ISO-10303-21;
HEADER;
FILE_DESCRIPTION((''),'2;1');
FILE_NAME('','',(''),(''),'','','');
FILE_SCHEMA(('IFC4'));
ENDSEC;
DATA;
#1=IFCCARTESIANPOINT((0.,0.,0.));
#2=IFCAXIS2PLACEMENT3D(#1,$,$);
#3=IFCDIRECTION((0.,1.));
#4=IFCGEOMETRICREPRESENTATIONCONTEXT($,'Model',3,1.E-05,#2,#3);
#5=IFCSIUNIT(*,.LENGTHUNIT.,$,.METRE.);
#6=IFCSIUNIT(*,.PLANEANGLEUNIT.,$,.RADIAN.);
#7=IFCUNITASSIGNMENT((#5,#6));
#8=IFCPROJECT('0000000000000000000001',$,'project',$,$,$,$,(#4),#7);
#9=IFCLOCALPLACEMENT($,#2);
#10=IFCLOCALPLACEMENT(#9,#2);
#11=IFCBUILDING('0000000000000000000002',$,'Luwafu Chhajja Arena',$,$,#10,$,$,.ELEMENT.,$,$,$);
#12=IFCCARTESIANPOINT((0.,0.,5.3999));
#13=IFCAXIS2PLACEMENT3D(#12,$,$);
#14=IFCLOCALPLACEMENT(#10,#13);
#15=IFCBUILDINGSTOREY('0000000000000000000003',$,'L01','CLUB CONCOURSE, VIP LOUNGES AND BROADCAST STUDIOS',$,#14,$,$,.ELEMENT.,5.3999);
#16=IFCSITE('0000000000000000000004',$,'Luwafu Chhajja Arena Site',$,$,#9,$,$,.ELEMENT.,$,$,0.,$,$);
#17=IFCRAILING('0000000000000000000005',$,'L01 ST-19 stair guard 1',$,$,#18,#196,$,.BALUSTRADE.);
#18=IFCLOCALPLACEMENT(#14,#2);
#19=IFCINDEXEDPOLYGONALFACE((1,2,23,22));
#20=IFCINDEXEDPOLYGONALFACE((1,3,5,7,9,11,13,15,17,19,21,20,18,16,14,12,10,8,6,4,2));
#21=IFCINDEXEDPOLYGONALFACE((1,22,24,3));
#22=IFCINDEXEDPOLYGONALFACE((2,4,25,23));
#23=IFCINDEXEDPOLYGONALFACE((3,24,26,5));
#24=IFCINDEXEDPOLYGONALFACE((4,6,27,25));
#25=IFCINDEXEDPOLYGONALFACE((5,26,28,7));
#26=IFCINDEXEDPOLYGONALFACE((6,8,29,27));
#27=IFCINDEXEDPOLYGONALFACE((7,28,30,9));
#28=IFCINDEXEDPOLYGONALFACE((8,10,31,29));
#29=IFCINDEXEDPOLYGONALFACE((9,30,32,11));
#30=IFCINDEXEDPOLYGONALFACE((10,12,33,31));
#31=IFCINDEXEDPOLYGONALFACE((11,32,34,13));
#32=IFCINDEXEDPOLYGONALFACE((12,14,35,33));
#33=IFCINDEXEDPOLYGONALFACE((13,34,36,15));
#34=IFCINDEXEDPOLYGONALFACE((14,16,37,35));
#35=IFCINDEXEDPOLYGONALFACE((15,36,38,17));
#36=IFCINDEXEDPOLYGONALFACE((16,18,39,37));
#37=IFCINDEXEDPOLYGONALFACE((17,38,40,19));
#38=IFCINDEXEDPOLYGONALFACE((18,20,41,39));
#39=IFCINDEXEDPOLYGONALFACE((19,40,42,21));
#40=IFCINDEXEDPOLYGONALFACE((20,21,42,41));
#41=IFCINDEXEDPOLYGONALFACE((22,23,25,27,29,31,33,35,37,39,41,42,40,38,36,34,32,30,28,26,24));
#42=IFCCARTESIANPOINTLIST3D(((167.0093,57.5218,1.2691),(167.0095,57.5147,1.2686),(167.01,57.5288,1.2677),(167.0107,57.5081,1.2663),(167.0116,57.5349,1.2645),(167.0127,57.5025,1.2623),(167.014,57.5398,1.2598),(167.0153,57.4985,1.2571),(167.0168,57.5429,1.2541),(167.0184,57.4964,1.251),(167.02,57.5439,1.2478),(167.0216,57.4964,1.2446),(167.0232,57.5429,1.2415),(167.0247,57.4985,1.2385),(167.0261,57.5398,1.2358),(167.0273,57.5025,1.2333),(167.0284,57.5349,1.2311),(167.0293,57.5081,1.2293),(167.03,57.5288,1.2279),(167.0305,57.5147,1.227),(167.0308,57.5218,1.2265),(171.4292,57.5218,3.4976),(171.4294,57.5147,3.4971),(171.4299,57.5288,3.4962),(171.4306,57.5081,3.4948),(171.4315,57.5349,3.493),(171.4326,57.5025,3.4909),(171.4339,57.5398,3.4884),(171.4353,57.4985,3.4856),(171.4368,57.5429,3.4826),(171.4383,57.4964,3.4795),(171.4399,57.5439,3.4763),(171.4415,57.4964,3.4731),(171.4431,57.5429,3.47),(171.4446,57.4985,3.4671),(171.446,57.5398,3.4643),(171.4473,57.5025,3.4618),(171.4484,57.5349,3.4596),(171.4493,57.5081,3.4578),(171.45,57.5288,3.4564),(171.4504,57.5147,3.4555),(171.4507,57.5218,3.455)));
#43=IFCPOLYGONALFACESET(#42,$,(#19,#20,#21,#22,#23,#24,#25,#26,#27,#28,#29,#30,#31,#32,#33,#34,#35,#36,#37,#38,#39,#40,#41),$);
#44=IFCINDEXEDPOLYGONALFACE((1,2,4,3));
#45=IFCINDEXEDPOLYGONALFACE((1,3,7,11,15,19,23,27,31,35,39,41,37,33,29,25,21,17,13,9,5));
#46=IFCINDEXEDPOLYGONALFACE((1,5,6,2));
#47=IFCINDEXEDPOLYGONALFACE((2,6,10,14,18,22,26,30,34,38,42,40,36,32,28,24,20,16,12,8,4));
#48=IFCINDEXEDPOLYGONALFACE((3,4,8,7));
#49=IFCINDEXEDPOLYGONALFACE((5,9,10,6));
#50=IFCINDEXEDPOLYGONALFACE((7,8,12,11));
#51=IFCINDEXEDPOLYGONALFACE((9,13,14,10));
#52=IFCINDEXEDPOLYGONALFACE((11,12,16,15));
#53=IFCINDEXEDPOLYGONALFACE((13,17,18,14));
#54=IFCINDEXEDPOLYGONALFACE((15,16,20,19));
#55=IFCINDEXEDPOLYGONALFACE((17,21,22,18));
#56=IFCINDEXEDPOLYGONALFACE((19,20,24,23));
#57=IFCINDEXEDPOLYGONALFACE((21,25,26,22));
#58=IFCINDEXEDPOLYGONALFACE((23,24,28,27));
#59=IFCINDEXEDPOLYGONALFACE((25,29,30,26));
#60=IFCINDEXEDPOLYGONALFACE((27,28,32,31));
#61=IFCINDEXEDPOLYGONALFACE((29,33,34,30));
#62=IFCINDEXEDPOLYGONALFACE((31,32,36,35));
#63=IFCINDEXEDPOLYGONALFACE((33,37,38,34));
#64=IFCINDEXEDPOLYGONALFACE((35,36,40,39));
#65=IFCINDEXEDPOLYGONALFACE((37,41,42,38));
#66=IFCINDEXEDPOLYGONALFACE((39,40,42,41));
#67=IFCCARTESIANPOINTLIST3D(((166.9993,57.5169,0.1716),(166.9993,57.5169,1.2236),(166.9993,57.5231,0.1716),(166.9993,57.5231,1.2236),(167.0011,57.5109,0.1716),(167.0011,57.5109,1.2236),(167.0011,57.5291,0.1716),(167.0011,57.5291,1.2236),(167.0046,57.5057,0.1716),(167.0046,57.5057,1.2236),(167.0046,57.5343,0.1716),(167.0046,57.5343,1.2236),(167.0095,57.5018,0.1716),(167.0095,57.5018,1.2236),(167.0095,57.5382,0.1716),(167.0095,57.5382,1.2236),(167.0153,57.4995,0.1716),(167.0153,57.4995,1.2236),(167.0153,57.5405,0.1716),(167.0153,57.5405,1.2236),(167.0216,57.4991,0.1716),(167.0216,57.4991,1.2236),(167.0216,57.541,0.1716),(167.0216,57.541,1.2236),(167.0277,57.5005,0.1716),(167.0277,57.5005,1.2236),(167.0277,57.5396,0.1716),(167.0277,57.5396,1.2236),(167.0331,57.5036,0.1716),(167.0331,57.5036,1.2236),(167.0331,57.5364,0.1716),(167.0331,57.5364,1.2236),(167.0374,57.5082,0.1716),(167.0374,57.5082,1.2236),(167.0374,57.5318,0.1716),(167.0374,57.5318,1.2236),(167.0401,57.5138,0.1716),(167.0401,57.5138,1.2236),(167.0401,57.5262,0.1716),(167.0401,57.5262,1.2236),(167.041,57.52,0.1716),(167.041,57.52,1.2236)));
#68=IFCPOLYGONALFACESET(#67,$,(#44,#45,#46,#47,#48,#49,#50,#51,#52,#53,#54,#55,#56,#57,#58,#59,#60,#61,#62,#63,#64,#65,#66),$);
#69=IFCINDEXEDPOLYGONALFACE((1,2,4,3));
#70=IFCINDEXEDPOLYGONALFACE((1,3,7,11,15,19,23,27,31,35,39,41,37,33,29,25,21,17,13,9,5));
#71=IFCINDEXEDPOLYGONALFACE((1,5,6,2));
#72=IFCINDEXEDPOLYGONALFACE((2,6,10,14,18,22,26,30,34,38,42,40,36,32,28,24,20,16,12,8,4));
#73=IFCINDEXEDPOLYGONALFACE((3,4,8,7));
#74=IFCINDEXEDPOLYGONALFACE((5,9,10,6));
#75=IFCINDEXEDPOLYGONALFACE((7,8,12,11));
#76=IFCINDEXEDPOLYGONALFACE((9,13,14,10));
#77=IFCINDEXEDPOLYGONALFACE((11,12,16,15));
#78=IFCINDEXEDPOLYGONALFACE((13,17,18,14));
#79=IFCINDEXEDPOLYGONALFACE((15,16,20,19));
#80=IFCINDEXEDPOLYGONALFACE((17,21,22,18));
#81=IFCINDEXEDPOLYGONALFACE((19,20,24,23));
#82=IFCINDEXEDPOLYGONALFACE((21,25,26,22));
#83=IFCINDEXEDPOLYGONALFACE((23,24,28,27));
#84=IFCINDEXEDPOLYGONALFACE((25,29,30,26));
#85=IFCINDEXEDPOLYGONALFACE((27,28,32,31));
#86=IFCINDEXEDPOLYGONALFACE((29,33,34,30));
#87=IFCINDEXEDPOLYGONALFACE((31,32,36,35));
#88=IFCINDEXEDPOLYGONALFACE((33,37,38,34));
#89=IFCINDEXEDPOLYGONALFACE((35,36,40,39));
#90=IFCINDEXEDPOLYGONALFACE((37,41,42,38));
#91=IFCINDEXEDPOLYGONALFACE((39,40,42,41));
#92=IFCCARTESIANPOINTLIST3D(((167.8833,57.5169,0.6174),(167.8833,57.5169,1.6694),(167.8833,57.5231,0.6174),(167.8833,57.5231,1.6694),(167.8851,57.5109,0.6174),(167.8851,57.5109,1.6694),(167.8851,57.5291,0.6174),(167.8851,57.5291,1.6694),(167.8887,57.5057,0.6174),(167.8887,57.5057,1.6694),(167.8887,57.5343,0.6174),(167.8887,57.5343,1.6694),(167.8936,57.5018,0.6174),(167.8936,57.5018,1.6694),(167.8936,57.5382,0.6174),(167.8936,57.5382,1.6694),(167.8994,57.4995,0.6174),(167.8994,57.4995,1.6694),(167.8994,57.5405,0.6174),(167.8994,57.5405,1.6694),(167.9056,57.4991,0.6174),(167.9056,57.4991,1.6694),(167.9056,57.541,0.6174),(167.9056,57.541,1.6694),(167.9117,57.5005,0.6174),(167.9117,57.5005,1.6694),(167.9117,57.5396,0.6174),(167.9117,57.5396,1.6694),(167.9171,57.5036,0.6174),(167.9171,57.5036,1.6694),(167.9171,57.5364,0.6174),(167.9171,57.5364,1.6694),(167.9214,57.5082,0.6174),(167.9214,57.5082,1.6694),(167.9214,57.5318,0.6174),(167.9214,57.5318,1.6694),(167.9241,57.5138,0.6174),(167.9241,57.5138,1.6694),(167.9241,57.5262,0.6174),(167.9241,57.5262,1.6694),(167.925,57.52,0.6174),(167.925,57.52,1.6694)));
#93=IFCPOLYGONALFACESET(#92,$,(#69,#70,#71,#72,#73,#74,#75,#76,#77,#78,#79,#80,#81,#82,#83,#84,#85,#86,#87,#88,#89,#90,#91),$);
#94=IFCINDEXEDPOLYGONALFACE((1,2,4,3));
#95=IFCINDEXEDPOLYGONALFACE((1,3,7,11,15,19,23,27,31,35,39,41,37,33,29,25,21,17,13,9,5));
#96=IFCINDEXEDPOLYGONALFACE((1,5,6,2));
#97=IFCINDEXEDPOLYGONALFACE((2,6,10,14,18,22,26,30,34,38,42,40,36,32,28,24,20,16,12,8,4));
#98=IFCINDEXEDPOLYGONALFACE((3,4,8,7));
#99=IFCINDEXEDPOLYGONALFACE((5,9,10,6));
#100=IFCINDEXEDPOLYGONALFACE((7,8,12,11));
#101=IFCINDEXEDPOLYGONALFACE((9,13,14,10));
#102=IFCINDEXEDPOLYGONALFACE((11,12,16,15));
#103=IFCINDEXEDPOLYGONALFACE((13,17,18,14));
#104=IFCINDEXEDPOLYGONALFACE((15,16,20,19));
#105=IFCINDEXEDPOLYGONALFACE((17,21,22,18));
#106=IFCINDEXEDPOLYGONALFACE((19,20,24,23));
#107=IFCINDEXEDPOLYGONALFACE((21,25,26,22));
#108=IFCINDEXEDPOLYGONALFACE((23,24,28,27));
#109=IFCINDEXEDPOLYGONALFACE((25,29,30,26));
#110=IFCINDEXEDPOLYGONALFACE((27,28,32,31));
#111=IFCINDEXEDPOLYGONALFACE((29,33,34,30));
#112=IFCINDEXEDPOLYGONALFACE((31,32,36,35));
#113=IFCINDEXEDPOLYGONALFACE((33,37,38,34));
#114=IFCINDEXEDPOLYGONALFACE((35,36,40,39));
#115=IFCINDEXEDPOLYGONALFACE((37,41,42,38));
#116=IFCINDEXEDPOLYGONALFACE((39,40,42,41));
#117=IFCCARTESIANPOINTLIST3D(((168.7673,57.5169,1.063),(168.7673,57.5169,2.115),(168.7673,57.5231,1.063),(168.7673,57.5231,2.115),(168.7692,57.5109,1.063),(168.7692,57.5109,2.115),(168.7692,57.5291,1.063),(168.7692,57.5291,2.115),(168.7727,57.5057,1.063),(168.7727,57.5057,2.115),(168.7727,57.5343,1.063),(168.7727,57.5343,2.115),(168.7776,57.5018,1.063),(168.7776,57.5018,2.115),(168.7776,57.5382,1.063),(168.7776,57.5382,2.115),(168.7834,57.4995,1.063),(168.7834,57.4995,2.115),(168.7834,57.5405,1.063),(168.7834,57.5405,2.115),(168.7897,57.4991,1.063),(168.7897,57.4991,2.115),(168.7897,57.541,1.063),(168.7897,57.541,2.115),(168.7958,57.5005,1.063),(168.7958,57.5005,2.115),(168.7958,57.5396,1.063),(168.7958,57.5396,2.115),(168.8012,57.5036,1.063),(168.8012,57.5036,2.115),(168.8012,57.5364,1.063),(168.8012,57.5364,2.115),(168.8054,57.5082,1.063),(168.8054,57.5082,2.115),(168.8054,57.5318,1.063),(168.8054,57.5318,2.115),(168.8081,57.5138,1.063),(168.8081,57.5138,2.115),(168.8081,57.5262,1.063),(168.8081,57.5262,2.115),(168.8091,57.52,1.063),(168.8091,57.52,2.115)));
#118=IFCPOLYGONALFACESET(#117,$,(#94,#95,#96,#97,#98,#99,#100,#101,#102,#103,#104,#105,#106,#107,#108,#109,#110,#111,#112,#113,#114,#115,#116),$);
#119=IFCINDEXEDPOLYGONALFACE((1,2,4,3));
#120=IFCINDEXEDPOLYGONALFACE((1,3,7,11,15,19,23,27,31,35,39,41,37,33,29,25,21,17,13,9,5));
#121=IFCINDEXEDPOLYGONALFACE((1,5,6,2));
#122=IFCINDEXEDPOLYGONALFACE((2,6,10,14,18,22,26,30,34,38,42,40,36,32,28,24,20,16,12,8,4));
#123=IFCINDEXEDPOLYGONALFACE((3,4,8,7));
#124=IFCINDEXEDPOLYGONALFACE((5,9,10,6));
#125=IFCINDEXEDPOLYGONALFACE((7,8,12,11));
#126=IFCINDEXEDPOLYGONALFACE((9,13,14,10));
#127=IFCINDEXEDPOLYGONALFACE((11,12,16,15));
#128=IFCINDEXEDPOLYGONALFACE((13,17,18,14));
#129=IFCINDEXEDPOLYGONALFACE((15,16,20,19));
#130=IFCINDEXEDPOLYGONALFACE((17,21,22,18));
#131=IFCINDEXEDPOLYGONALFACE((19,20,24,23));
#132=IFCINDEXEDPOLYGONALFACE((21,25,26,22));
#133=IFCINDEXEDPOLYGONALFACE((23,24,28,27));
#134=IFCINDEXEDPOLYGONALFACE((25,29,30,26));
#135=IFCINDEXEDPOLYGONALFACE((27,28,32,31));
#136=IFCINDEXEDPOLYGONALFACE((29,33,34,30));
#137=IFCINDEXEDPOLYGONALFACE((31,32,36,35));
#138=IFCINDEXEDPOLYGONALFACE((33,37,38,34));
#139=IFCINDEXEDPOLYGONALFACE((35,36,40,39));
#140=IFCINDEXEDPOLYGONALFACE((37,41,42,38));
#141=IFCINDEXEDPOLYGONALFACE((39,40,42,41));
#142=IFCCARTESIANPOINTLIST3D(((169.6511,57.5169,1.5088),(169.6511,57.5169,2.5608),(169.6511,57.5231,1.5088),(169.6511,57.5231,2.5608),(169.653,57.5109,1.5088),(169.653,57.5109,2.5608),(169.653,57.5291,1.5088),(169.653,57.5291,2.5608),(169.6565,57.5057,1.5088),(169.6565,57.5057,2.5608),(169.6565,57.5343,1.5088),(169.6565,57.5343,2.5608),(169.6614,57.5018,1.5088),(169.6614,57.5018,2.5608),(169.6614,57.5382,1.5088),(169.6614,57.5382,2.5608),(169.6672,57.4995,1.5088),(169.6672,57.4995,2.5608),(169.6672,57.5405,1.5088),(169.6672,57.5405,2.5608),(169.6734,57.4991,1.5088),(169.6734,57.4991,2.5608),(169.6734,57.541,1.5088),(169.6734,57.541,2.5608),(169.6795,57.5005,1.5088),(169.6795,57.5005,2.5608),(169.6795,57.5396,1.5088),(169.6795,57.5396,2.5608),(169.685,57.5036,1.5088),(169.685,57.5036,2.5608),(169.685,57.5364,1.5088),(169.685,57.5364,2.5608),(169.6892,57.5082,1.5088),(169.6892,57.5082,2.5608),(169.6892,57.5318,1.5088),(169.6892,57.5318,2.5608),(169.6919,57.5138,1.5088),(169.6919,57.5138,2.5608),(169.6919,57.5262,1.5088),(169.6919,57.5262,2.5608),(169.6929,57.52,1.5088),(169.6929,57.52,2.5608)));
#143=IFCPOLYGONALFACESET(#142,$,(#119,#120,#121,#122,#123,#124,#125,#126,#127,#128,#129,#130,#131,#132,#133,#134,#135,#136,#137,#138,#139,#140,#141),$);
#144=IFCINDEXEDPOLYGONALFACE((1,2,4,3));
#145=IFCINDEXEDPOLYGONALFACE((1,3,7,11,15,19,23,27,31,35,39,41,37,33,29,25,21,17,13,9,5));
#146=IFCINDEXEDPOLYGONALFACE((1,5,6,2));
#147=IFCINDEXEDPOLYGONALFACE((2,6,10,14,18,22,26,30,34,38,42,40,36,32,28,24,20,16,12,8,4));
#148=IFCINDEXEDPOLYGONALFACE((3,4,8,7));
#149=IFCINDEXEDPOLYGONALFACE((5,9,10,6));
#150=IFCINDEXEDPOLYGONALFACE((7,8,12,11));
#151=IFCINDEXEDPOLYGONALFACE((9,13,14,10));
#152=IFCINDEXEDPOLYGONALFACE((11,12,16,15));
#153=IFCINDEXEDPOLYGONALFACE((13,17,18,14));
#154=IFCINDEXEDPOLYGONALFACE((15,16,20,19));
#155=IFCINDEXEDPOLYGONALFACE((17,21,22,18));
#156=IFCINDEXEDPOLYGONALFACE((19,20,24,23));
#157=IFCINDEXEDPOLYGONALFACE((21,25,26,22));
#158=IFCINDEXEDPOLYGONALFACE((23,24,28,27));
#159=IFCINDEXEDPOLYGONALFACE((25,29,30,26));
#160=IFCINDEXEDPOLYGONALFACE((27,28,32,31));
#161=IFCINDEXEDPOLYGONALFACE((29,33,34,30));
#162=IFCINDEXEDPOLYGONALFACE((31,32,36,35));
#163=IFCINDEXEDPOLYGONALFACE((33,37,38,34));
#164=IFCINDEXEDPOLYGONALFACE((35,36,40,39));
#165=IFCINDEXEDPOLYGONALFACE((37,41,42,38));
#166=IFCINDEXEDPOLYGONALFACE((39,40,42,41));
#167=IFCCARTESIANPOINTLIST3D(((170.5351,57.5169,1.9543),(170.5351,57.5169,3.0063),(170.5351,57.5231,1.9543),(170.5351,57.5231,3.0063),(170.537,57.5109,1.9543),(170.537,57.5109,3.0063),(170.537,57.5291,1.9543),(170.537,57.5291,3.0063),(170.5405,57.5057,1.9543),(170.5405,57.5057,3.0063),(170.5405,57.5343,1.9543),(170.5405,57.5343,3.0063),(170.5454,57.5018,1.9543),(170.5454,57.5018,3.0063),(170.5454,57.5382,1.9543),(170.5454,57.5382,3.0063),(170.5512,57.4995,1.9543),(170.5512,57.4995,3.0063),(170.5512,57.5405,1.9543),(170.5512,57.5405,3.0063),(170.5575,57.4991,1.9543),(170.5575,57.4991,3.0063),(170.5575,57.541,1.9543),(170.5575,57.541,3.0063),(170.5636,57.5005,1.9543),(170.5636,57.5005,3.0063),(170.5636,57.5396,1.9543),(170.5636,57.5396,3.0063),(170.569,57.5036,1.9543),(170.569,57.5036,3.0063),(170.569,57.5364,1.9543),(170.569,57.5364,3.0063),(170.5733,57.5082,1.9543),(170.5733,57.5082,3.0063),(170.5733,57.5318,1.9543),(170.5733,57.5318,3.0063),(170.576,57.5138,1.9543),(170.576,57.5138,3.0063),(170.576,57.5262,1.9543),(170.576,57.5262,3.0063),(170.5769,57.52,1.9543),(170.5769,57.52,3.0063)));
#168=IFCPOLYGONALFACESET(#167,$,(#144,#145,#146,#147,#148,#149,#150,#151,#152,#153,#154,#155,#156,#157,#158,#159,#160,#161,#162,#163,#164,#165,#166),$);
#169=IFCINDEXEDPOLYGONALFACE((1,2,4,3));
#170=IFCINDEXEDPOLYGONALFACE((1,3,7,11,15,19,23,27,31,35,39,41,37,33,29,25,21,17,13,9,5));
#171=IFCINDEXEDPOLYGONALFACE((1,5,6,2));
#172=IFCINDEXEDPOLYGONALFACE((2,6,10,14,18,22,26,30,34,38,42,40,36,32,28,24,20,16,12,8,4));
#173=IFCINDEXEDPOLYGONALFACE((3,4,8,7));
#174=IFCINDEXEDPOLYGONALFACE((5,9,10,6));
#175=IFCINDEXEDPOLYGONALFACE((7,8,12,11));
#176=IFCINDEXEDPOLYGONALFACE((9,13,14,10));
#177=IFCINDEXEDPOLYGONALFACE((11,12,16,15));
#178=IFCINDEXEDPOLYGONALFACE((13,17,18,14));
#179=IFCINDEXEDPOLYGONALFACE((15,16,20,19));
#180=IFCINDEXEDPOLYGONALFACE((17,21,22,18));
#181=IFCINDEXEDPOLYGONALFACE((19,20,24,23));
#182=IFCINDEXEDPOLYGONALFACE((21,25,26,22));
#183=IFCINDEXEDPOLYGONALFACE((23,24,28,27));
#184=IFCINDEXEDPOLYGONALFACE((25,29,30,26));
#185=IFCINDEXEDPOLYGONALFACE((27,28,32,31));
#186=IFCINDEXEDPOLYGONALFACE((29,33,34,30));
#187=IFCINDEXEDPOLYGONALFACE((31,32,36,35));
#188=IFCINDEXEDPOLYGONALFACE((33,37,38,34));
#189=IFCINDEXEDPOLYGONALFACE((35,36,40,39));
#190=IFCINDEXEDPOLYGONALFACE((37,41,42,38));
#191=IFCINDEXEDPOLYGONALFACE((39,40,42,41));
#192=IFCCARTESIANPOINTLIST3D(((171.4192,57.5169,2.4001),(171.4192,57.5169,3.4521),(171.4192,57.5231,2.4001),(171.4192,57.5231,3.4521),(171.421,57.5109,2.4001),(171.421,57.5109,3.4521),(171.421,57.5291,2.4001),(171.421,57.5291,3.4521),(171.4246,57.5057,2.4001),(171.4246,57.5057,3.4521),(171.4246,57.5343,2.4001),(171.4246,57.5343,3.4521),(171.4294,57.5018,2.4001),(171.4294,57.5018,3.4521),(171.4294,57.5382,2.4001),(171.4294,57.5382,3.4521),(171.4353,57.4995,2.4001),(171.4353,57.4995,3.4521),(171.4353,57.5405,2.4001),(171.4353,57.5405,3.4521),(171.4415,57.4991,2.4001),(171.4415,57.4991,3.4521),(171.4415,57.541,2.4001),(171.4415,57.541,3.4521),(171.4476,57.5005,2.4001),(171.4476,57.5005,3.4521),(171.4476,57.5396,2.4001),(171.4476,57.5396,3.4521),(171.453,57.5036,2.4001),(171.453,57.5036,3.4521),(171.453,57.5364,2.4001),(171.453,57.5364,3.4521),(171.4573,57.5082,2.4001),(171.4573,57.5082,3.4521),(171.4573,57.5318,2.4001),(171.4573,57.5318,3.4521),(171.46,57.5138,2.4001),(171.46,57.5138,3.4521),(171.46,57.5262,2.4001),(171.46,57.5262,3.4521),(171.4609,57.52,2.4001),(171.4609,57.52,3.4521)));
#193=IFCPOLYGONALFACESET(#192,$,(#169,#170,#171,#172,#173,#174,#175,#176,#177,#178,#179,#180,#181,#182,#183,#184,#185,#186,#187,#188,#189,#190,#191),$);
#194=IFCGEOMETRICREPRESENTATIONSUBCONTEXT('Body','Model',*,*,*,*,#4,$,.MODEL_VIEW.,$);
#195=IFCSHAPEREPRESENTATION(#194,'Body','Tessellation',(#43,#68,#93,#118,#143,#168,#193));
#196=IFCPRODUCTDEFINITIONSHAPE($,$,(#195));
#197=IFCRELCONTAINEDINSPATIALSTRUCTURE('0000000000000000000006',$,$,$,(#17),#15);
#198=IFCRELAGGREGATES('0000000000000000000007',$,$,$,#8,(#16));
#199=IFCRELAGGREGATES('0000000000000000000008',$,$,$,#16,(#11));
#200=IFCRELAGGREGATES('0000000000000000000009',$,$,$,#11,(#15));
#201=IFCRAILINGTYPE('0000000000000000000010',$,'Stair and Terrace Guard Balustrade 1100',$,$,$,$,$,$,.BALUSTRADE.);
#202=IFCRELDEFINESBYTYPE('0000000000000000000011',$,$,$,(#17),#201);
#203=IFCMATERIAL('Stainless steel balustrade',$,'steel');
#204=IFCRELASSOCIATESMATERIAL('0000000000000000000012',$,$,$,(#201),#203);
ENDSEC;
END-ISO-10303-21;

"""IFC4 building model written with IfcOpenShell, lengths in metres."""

from ifc_helpers import new_model, si_unit, direction, frame, origin, origin_2d, place, context, subcontext, project, spatial, circle, extrude, material, type_object, element, save


model = new_model("IFC4")

# Units and contexts
model_context = context("Model", 3, precision=1e-05, world=origin(), true_north=direction((0.0, 1.0)))
body_context = subcontext(model_context, "Body", "Model", "MODEL_VIEW")
ifc_project = project(units=[si_unit("LENGTHUNIT", "METRE"), si_unit("PLANEANGLEUNIT", "RADIAN")], contexts=[model_context])

# Site, building, storey
site_placement = place(None, origin())
site = spatial("IfcSite", under=ifc_project, at=site_placement, Name="Luwafu Chhajja Arena Site", CompositionType="ELEMENT", RefElevation=0.0)
building_placement = place(site_placement, origin())
building = spatial("IfcBuilding", under=site, at=building_placement, Name="Luwafu Chhajja Arena", CompositionType="ELEMENT")
storey_placement = place(building_placement, frame((0.0, 0.0, 5.3999)))
storey = spatial("IfcBuildingStorey", under=building, at=storey_placement, Name="L01", Description="CLUB CONCOURSE, VIP LOUNGES AND BROADCAST STUDIOS", CompositionType="ELEMENT", Elevation=5.3999)

# Railing
ifc_material_1 = material(Name="Stainless steel balustrade", Category="steel")
railing_type_1 = type_object("IfcRailingType", Name="Stair and Terrace Guard Balustrade 1100", PredefinedType="BALUSTRADE", material=ifc_material_1)
railing_1_placement = place(storey_placement, frame((167.02, 57.52, 0.1716)))
element("IfcRailing", 1, at=railing_1_placement, inside=storey, type_object=railing_type_1, Name="L01 ST-19 stair guard 1", PredefinedType="BALUSTRADE", context=body_context, shape_type="SweptSolid", body=[
    extrude(circle(Radius=0.0239, at=origin_2d()), frame((0.0, 0.0, 1.0762), z_axis=(0.892923, 0.0, 0.45021), x_axis=(0.0, 1.0, 0.0)), (0.0, 0.0, 1.0), 4.95),
    extrude(circle(Radius=0.021, at=origin_2d()), origin(), (0.0, 0.0, 1.0), 1.052),
    extrude(circle(Radius=0.021, at=origin_2d()), frame((0.884, 0.0, 0.4458)), (0.0, 0.0, 1.0), 1.052),
    extrude(circle(Radius=0.021, at=origin_2d()), frame((1.7681, 0.0, 0.8914)), (0.0, 0.0, 1.0), 1.052),
    extrude(circle(Radius=0.021, at=origin_2d()), frame((2.6519, 0.0, 1.3372)), (0.0, 0.0, 1.0), 1.052),
    extrude(circle(Radius=0.021, at=origin_2d()), frame((3.5359, 0.0, 1.7827)), (0.0, 0.0, 1.0), 1.052),
    extrude(circle(Radius=0.021, at=origin_2d()), frame((4.4199, 0.0, 2.2285)), (0.0, 0.0, 1.0), 1.052),
])

save(model, "model.ifc")
